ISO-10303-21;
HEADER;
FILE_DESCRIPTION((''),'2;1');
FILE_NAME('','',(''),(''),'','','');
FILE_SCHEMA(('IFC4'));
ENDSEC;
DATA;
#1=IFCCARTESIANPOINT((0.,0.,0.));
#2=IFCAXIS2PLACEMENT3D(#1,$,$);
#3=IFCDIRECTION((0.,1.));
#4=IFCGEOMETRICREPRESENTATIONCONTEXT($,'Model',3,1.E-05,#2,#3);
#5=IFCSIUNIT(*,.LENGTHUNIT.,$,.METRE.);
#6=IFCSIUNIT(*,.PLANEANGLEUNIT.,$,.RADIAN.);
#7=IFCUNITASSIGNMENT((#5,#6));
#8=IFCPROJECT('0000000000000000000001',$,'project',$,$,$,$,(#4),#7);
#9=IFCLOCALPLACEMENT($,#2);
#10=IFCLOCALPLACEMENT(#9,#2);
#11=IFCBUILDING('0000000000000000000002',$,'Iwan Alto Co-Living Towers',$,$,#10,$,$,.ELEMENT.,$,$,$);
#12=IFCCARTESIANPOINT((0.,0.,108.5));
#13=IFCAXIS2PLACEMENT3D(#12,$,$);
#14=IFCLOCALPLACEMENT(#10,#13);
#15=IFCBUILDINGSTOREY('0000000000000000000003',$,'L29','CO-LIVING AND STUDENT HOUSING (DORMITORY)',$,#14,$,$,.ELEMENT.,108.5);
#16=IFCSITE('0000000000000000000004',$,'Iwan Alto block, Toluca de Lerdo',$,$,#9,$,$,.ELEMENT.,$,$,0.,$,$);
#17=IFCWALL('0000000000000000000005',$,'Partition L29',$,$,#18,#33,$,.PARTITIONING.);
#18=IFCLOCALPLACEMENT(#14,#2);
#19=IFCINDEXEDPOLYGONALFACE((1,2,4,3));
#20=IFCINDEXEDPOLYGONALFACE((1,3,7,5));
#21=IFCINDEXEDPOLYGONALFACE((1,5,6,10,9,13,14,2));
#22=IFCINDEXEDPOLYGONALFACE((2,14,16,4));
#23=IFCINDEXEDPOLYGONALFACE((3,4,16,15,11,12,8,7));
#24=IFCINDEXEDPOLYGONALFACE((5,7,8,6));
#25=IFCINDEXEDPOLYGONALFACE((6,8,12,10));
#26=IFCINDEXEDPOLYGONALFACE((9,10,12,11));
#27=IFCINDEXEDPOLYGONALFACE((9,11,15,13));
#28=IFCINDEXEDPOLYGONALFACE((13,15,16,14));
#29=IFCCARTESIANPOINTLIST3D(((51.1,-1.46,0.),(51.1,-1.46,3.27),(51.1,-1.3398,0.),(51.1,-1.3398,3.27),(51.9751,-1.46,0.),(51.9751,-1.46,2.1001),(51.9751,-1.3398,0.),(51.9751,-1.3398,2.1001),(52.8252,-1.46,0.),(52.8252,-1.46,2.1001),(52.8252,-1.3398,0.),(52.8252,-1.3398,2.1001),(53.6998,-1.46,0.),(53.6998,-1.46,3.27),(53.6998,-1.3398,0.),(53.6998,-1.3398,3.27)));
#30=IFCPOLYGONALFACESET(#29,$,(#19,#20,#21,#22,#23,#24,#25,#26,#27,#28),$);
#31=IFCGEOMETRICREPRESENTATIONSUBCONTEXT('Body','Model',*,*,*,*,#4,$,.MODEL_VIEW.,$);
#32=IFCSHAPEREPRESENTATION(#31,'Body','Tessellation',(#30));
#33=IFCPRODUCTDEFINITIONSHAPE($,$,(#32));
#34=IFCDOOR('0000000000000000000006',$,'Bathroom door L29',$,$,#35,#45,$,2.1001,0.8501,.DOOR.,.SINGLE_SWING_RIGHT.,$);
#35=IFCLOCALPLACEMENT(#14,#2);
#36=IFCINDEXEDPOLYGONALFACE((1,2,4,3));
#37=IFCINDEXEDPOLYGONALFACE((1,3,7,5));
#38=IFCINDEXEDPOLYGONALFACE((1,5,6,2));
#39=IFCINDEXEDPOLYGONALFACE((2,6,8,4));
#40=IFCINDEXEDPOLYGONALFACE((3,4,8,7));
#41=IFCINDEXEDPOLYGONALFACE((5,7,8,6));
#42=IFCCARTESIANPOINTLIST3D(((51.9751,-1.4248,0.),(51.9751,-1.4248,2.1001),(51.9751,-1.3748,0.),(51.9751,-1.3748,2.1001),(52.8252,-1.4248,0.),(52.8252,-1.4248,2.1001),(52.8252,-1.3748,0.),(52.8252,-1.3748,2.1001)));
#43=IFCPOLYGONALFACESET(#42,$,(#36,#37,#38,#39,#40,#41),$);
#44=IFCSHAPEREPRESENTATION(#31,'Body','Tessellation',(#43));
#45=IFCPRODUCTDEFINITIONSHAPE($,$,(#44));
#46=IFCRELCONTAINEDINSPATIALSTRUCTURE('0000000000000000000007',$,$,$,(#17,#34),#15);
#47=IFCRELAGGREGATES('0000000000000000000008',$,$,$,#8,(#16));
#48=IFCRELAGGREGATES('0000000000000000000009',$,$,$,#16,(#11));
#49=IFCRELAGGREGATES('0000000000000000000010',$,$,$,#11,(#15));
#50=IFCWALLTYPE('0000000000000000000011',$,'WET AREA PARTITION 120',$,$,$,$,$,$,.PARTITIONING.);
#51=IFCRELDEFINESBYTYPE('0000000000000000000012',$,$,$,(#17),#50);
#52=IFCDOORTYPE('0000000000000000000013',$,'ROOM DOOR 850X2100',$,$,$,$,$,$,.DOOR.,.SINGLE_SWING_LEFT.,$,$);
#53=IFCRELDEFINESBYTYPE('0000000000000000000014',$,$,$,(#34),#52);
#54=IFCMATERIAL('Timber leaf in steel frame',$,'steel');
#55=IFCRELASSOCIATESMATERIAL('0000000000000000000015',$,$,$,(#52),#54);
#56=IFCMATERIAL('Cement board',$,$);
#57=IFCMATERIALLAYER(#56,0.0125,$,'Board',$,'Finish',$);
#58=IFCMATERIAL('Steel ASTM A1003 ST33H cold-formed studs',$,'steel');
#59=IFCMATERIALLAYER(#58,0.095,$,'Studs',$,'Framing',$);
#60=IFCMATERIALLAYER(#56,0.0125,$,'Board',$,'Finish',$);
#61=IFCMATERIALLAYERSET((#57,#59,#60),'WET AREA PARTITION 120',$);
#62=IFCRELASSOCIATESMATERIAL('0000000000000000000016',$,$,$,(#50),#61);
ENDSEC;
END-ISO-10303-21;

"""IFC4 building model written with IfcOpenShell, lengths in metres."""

from ifc_helpers import new_model, si_unit, direction, frame, frame_2d, origin, place, context, subcontext, project, spatial, rectangle, extrude, material, layer, layer_set, type_object, element, fill, save


model = new_model("IFC4")

# Units and contexts
model_context = context("Model", 3, precision=1e-05, world=origin(), true_north=direction((0.0, 1.0)))
body_context = subcontext(model_context, "Body", "Model", "MODEL_VIEW")
ifc_project = project(units=[si_unit("LENGTHUNIT", "METRE"), si_unit("PLANEANGLEUNIT", "RADIAN")], contexts=[model_context])

# Site, building, storey
site_placement = place(None, origin())
site = spatial("IfcSite", under=ifc_project, at=site_placement, Name="Iwan Alto block, Toluca de Lerdo", CompositionType="ELEMENT", RefElevation=0.0)
building_placement = place(site_placement, origin())
building = spatial("IfcBuilding", under=site, at=building_placement, Name="Iwan Alto Co-Living Towers", CompositionType="ELEMENT")
storey_placement = place(building_placement, frame((0.0, 0.0, 108.5)))
storey = spatial("IfcBuildingStorey", under=building, at=storey_placement, Name="L29", Description="CO-LIVING AND STUDENT HOUSING (DORMITORY)", CompositionType="ELEMENT", Elevation=108.5)

# Shared definitions
ifc_material_1 = material(Name="Steel ASTM A1003 ST33H cold-formed studs", Category="steel")
ifc_material_2 = material(Name="Timber leaf in steel frame", Category="steel")
door_type_1 = type_object("IfcDoorType", Name="ROOM DOOR 850X2100", OperationType="SINGLE_SWING_LEFT", PredefinedType="DOOR", material=ifc_material_2)

# Shared definitions
ifc_material_3 = material(Name="Cement board")
ifc_layer_1 = layer(ifc_material_3, 0.0125, Name="Board", Category="Finish")
ifc_layer_2 = layer(ifc_material_1, 0.095, Name="Studs", Category="Framing")
ifc_layer_3 = layer(ifc_material_3, 0.0125, Name="Board", Category="Finish")
ifc_layer_set_1 = layer_set([ifc_layer_1, ifc_layer_2, ifc_layer_3], Name="WET AREA PARTITION 120")
wall_type_1 = type_object("IfcWallType", Name="WET AREA PARTITION 120", PredefinedType="PARTITIONING", material=ifc_layer_set_1)

# Wall, opening, door
wall_1_placement = place(storey_placement, frame((51.1001, -1.3999, 0.0), z_axis=(0.0, 0.0, 1.0), x_axis=(1.0, 0.0, 0.0)))
wall_1 = element("IfcWall", 1, at=wall_1_placement, inside=storey, type_object=wall_type_1, Name="Partition L29", PredefinedType="PARTITIONING", context=body_context, shape_type="SweptSolid", body=[
    extrude(rectangle(XDim=2.5999, YDim=0.1201, at=frame_2d((1.2998, 0.0))), origin(), (0.0, 0.0, 1.0), 3.27),
])
opening_1_placement = place(wall_1_placement, frame((0.875, 0.0, 0.0)))
opening_1 = element("IfcOpeningElement", 2, at=opening_1_placement, cuts=wall_1, PredefinedType="OPENING", context=body_context, shape_type="SweptSolid", body=[
    extrude(rectangle(XDim=0.8501, YDim=2.1001, at=frame_2d((0.425, 1.05))), frame((0.0, 0.0701, 0.0), z_axis=(0.0, -1.0, 0.0), x_axis=(1.0, 0.0, 0.0)), (0.0, 0.0, 1.0), 0.1401),
])
door_1_placement = place(opening_1_placement, frame((0.8501, 0.0, 0.0), z_axis=(0.0, 0.0, 1.0), x_axis=(-1.0, 0.0, 0.0)))
door_1 = element("IfcDoor", 3, at=door_1_placement, inside=storey, type_object=door_type_1, Name="Bathroom door L29", OperationType="SINGLE_SWING_RIGHT", OverallHeight=2.1001, OverallWidth=0.8501, PredefinedType="DOOR", context=body_context, shape_type="SweptSolid", body=[
    extrude(rectangle(XDim=0.8501, YDim=2.1001, at=frame_2d((0.425, 1.05))), frame((0.0, 0.0249, 0.0), z_axis=(0.0, -1.0, 0.0), x_axis=(1.0, 0.0, 0.0)), (0.0, 0.0, 1.0), 0.05),
])
fill(opening_1, door_1)

save(model, "model.ifc")
